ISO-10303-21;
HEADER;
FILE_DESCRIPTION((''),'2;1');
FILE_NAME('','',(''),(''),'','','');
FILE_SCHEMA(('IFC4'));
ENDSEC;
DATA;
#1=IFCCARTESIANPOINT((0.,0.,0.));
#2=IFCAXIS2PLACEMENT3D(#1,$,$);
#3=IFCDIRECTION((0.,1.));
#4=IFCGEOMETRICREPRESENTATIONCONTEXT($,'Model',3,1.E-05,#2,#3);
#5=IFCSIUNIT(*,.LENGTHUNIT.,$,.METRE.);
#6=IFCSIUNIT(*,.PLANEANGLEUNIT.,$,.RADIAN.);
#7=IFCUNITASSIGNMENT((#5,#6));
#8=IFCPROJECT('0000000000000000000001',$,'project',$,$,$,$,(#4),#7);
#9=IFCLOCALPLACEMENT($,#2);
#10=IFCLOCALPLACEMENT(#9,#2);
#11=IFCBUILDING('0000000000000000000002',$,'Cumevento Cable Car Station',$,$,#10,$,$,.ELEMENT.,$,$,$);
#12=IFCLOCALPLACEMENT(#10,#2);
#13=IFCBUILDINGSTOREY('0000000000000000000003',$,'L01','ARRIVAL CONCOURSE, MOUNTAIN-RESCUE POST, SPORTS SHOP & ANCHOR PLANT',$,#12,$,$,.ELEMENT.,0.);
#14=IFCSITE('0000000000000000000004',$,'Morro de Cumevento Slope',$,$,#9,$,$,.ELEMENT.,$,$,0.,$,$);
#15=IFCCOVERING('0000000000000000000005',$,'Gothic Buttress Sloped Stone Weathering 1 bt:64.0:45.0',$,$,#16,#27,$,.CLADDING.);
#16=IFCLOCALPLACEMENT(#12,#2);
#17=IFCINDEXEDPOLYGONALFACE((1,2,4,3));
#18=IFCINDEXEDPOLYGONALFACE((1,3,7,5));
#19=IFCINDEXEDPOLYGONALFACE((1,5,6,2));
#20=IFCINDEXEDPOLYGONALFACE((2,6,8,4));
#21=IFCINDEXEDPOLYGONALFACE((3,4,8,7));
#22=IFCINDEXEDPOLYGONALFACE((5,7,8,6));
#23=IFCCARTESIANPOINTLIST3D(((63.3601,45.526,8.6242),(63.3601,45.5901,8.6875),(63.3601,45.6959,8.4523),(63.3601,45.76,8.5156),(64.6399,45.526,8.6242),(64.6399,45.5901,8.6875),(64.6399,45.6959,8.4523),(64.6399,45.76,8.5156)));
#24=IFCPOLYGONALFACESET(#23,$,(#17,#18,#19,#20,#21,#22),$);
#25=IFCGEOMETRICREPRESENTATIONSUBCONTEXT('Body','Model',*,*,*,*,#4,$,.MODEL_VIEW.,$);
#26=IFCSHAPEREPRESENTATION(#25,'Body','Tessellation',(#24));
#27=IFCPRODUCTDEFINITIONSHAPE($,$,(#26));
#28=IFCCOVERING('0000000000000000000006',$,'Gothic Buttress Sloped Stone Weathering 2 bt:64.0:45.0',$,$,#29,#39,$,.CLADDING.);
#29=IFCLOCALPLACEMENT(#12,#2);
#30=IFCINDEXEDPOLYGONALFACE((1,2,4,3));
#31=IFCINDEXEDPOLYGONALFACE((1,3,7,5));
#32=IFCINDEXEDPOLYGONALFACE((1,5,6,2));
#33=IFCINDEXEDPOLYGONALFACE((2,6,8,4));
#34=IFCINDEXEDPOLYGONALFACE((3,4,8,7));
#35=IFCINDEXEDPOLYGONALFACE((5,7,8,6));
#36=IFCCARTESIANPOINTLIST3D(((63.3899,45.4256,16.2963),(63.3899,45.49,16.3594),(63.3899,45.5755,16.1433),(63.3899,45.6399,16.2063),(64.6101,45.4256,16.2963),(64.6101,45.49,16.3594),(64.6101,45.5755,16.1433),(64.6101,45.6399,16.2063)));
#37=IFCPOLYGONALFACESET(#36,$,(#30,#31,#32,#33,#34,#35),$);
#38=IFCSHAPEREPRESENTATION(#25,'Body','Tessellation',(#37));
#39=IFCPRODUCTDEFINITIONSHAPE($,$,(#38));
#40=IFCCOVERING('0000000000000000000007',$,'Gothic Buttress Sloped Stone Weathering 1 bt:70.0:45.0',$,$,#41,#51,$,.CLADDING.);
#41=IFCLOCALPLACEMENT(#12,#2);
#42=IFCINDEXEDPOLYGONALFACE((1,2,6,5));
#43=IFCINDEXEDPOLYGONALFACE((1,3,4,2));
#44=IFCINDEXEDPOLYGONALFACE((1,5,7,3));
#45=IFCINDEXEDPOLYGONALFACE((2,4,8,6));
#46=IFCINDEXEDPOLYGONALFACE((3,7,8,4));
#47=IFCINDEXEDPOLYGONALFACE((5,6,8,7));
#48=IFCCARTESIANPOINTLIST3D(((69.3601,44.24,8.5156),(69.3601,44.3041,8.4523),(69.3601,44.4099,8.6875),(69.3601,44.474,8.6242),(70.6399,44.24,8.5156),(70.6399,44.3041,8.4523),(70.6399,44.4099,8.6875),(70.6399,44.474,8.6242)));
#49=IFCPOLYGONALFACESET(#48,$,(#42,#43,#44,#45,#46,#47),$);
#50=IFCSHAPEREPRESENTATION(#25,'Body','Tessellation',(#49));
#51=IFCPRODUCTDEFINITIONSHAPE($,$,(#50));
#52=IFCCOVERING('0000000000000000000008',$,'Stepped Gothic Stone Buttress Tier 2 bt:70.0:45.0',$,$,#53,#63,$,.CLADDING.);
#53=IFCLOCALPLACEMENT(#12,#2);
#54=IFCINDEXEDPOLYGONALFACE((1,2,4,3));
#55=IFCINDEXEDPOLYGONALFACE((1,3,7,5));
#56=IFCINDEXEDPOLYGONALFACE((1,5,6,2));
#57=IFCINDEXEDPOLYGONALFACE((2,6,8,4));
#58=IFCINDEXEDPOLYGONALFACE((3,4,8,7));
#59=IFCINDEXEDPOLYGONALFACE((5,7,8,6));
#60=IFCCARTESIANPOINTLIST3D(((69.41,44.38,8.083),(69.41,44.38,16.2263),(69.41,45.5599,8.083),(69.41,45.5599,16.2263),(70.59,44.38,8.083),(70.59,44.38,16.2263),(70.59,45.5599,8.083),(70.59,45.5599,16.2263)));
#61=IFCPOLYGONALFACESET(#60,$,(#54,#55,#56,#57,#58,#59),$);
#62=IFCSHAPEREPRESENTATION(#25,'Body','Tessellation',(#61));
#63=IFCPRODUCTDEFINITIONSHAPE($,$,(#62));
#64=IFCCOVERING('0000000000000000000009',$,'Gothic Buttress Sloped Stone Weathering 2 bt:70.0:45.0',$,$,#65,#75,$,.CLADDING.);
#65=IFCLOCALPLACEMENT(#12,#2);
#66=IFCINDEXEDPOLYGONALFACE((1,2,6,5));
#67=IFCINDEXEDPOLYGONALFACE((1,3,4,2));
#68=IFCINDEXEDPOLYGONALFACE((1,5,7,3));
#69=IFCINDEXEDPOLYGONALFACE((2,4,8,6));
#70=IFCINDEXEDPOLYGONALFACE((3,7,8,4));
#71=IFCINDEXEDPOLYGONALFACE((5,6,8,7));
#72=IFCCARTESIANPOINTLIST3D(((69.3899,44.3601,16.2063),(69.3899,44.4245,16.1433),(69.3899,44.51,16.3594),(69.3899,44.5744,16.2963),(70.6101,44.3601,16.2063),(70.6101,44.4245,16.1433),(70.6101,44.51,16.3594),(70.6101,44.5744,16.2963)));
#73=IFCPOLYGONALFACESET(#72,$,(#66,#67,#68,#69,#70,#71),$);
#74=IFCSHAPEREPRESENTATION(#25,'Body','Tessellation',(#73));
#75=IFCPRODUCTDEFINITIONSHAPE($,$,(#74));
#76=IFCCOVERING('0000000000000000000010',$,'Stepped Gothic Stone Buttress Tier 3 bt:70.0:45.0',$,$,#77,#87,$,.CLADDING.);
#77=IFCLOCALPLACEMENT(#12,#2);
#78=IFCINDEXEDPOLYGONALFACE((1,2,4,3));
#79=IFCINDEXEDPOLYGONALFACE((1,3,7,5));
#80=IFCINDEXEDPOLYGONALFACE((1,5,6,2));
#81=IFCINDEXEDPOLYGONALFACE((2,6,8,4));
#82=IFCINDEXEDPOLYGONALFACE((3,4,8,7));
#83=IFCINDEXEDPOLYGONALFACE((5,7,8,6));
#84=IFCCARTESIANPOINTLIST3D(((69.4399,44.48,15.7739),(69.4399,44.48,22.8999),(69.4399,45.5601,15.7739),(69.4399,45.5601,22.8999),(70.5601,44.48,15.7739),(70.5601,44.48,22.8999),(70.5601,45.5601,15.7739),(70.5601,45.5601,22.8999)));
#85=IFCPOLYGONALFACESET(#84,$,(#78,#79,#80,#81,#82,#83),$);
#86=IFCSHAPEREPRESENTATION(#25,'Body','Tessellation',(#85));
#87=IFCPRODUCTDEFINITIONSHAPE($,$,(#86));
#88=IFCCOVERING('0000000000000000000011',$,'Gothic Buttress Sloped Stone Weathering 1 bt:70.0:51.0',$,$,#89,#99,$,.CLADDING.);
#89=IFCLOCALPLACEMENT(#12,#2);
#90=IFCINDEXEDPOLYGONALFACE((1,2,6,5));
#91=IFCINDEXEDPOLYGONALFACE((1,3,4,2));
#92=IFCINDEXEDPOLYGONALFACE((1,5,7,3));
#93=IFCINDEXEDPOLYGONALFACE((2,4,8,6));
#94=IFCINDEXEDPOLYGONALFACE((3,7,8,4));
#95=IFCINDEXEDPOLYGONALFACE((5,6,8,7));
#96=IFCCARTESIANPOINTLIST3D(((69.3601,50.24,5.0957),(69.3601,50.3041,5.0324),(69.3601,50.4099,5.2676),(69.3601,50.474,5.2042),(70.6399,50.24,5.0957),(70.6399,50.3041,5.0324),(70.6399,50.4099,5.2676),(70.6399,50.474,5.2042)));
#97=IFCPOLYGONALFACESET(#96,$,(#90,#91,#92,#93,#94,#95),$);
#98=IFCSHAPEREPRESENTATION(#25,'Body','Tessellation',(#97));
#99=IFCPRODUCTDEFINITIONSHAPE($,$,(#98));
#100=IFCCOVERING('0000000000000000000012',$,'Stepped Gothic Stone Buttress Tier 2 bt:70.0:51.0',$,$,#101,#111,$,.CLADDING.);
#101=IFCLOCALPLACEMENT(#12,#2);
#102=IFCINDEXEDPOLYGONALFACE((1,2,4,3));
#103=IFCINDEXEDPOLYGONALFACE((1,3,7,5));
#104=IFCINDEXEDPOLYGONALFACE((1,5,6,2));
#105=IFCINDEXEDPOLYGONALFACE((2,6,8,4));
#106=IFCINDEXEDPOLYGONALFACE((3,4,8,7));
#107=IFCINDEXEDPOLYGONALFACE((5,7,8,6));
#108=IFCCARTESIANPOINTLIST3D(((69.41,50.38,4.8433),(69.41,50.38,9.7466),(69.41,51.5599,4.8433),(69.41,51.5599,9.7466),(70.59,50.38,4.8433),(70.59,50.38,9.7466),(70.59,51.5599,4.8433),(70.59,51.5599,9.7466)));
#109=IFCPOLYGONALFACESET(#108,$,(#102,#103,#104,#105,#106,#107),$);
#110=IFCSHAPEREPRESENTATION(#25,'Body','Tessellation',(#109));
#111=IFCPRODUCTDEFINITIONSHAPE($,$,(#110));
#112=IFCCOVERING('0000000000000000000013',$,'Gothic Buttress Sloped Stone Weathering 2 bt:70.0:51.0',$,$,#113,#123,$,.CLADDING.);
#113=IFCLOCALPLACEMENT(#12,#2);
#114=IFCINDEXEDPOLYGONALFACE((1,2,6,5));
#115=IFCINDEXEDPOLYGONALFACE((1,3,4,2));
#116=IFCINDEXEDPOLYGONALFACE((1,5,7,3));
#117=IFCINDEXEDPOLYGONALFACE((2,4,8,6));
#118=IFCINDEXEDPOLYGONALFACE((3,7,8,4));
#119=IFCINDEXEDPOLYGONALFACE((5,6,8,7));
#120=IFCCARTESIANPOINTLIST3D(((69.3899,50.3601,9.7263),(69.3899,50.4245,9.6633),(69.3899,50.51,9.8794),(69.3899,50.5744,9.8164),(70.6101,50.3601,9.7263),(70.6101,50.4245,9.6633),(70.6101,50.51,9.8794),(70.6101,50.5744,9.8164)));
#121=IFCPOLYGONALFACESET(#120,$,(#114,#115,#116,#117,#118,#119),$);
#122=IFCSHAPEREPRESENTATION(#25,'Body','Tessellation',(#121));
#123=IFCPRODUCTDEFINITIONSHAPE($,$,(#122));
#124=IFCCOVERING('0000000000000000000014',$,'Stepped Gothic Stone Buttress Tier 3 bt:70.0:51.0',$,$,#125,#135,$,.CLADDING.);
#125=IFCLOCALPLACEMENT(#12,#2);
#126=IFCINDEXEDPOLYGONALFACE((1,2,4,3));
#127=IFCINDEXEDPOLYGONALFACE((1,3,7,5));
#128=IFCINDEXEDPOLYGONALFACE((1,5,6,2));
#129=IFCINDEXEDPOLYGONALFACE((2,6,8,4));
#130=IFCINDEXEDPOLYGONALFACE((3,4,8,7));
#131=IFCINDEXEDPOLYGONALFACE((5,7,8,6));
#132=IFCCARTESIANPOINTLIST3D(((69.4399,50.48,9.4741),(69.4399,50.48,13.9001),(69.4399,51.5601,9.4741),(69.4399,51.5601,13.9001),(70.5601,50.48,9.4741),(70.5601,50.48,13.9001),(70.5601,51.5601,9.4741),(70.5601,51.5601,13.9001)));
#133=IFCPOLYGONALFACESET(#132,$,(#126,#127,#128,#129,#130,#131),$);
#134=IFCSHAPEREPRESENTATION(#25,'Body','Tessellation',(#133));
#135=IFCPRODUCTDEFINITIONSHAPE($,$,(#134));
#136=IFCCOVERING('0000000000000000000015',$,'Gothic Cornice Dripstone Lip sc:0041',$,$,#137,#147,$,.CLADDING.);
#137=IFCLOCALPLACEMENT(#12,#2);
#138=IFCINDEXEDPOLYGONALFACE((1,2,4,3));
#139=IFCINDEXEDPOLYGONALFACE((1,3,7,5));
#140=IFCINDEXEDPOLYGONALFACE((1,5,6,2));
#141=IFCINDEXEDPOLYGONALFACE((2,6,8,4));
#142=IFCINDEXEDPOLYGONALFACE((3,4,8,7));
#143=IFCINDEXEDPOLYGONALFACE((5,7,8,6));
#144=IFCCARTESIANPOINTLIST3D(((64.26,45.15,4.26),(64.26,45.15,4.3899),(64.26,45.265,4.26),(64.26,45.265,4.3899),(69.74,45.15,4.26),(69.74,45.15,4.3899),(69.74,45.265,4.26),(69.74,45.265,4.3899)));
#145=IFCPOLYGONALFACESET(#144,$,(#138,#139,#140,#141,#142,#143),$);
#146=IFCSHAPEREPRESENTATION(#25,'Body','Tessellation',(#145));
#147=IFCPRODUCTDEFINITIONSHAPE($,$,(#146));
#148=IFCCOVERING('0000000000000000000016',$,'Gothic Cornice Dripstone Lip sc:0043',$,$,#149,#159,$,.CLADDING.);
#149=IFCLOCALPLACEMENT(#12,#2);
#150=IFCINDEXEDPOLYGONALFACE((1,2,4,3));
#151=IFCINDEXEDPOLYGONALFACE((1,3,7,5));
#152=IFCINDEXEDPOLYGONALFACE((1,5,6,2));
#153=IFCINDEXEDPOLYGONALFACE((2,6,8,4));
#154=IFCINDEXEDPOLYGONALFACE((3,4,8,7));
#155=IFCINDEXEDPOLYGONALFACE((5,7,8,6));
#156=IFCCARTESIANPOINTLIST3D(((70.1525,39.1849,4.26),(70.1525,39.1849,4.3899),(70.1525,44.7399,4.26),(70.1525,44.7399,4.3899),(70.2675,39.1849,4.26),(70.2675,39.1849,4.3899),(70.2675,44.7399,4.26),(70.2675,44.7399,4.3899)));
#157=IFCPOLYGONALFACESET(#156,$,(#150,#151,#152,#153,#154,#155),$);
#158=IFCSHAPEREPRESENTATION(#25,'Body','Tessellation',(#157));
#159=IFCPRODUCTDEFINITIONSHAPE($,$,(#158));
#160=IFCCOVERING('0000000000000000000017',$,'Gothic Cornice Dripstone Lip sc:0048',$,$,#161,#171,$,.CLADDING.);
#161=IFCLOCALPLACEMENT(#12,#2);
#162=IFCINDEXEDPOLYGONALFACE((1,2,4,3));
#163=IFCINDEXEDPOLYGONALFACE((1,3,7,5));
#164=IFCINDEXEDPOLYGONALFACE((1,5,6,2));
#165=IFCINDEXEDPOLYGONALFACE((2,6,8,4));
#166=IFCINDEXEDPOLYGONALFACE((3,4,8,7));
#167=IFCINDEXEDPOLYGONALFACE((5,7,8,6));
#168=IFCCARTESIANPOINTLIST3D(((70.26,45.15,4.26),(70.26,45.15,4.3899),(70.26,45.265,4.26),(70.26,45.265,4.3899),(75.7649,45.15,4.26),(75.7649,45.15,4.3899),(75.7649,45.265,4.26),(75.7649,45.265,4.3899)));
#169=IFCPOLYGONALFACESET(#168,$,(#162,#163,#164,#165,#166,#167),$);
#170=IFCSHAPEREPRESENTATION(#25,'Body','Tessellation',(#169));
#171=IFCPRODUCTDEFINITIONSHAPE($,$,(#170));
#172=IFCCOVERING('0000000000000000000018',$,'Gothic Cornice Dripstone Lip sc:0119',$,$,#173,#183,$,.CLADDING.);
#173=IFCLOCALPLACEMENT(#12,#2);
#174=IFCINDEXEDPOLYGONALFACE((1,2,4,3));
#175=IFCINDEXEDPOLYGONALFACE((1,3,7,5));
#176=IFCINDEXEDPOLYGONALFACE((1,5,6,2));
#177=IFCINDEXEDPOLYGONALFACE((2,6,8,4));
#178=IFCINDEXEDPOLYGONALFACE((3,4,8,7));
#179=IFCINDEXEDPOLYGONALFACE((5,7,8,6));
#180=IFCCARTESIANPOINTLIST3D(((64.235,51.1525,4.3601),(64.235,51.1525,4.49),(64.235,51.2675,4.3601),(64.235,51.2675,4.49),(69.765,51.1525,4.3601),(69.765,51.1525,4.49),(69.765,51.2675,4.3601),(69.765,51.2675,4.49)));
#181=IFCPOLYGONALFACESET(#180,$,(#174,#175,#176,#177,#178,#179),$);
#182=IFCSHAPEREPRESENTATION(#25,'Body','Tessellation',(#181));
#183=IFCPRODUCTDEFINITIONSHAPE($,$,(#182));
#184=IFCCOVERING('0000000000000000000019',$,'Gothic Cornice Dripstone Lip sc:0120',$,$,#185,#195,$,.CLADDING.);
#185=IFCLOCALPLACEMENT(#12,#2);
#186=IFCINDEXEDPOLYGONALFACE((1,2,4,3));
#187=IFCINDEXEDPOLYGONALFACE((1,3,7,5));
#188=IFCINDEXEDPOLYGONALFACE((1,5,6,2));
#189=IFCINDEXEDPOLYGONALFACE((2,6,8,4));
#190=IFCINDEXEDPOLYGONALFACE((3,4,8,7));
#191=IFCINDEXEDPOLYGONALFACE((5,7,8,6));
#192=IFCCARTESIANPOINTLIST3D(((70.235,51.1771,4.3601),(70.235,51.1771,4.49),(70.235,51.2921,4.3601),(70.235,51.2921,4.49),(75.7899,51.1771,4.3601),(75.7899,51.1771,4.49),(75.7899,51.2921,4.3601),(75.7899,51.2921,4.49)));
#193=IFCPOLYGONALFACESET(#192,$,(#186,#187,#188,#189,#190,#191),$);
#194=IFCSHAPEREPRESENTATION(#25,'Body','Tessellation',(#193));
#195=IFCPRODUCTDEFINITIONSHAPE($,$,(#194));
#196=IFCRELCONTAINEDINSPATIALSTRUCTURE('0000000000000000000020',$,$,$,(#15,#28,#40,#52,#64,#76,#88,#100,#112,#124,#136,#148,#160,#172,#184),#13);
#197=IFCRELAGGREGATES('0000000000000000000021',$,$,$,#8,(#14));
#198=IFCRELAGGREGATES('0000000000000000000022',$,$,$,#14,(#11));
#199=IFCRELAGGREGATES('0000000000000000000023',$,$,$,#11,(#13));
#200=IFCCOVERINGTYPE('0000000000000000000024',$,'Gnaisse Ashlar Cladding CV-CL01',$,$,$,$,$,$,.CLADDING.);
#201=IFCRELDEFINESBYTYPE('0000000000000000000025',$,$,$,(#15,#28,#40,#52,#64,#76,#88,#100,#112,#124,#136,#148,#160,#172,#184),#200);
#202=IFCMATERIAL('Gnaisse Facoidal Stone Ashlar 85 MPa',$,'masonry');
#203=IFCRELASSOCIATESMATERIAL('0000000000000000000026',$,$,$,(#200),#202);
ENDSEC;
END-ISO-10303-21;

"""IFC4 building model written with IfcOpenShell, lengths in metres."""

from ifc_helpers import new_model, si_unit, direction, frame, origin, origin_2d, place, context, subcontext, project, spatial, polyline, rectangle, outline, extrude, material, type_object, element, save


model = new_model("IFC4")

# Units and contexts
model_context = context("Model", 3, precision=1e-05, world=origin(), true_north=direction((0.0, 1.0)))
body_context = subcontext(model_context, "Body", "Model", "MODEL_VIEW")
ifc_project = project(units=[si_unit("LENGTHUNIT", "METRE"), si_unit("PLANEANGLEUNIT", "RADIAN")], contexts=[model_context])

# Site, building, storey
site_placement = place(None, origin())
site = spatial("IfcSite", under=ifc_project, at=site_placement, Name="Morro de Cumevento Slope", CompositionType="ELEMENT", RefElevation=0.0)
building_placement = place(site_placement, origin())
building = spatial("IfcBuilding", under=site, at=building_placement, Name="Cumevento Cable Car Station", CompositionType="ELEMENT")
storey_placement = place(building_placement, origin())
storey = spatial("IfcBuildingStorey", under=building, at=storey_placement, Name="L01", Description="ARRIVAL CONCOURSE, MOUNTAIN-RESCUE POST, SPORTS SHOP & ANCHOR PLANT", CompositionType="ELEMENT", Elevation=0.0)

# Coverings
ifc_material = material(Name="Gnaisse Facoidal Stone Ashlar 85 MPa", Category="masonry")
covering_type = type_object("IfcCoveringType", Name="Gnaisse Ashlar Cladding CV-CL01", PredefinedType="CLADDING", material=ifc_material)
covering_1_placement = place(storey_placement, frame((64.6399, 45.76, 8.5156), z_axis=(0.0, 0.711136, 0.703055), x_axis=(-1.0, 0.0, 0.0)))
element("IfcCovering", 1, at=covering_1_placement, inside=storey, type_object=covering_type, Name="Gothic Buttress Sloped Stone Weathering 1 bt:64.0:45.0", PredefinedType="CLADDING", context=body_context, shape_type="SweptSolid", body=[
    extrude(outline(polyline([(0.0, 0.0), (1.2798, 0.0), (1.2798, 0.2417), (0.0, 0.2417), (0.0, 0.0)])), origin(), (0.0, 0.0, -1.0), 0.0901),
])
covering_2_placement = place(storey_placement, frame((64.6101, 45.6399, 16.2063), z_axis=(0.0, 0.714475, 0.699661), x_axis=(-1.0, 0.0, 0.0)))
element("IfcCovering", 2, at=covering_2_placement, inside=storey, type_object=covering_type, Name="Gothic Buttress Sloped Stone Weathering 2 bt:64.0:45.0", PredefinedType="CLADDING", context=body_context, shape_type="SweptSolid", body=[
    extrude(outline(polyline([(0.0, 0.0), (1.2202, 0.0), (1.2202, 0.2142), (0.0, 0.2142), (0.0, 0.0)])), origin(), (0.0, 0.0, -1.0), 0.0901),
])
covering_3_placement = place(storey_placement, frame((69.3601, 44.24, 8.5156), z_axis=(0.0, -0.711136, 0.703055), x_axis=(1.0, 0.0, 0.0)))
element("IfcCovering", 3, at=covering_3_placement, inside=storey, type_object=covering_type, Name="Gothic Buttress Sloped Stone Weathering 1 bt:70.0:45.0", PredefinedType="CLADDING", context=body_context, shape_type="SweptSolid", body=[
    extrude(outline(polyline([(0.0, 0.0), (1.2798, 0.0), (1.2798, 0.2417), (0.0, 0.2417), (0.0, 0.0)])), origin(), (0.0, 0.0, -1.0), 0.0901),
])
covering_4_placement = place(storey_placement, frame((70.0, 44.97, 8.083), z_axis=(0.0, 0.0, 1.0), x_axis=(1.0, 0.0, 0.0)))
element("IfcCovering", 4, at=covering_4_placement, inside=storey, type_object=covering_type, Name="Stepped Gothic Stone Buttress Tier 2 bt:70.0:45.0", PredefinedType="CLADDING", context=body_context, shape_type="SweptSolid", body=[
    extrude(rectangle(XDim=1.1799, YDim=1.1799, at=origin_2d()), origin(), (0.0, 0.0, 1.0), 8.1433),
])
covering_5_placement = place(storey_placement, frame((69.3899, 44.3601, 16.2063), z_axis=(0.0, -0.714475, 0.699661), x_axis=(1.0, 0.0, 0.0)))
element("IfcCovering", 5, at=covering_5_placement, inside=storey, type_object=covering_type, Name="Gothic Buttress Sloped Stone Weathering 2 bt:70.0:45.0", PredefinedType="CLADDING", context=body_context, shape_type="SweptSolid", body=[
    extrude(outline(polyline([(0.0, 0.0), (1.2202, 0.0), (1.2202, 0.2142), (0.0, 0.2142), (0.0, 0.0)])), origin(), (0.0, 0.0, -1.0), 0.0901),
])
covering_6_placement = place(storey_placement, frame((70.0, 45.02, 15.7739), z_axis=(0.0, 0.0, 1.0), x_axis=(1.0, 0.0, 0.0)))
element("IfcCovering", 6, at=covering_6_placement, inside=storey, type_object=covering_type, Name="Stepped Gothic Stone Buttress Tier 3 bt:70.0:45.0", PredefinedType="CLADDING", context=body_context, shape_type="SweptSolid", body=[
    extrude(rectangle(XDim=1.1201, YDim=1.0801, at=origin_2d()), origin(), (0.0, 0.0, 1.0), 7.126),
])
covering_7_placement = place(storey_placement, frame((69.3601, 50.24, 5.0957), z_axis=(0.0, -0.711136, 0.703055), x_axis=(1.0, 0.0, 0.0)))
element("IfcCovering", 7, at=covering_7_placement, inside=storey, type_object=covering_type, Name="Gothic Buttress Sloped Stone Weathering 1 bt:70.0:51.0", PredefinedType="CLADDING", context=body_context, shape_type="SweptSolid", body=[
    extrude(outline(polyline([(0.0, 0.0), (1.2798, 0.0), (1.2798, 0.2417), (0.0, 0.2417), (0.0, 0.0)])), origin(), (0.0, 0.0, -1.0), 0.0901),
])
covering_8_placement = place(storey_placement, frame((70.0, 50.97, 4.8433), z_axis=(0.0, 0.0, 1.0), x_axis=(1.0, 0.0, 0.0)))
element("IfcCovering", 8, at=covering_8_placement, inside=storey, type_object=covering_type, Name="Stepped Gothic Stone Buttress Tier 2 bt:70.0:51.0", PredefinedType="CLADDING", context=body_context, shape_type="SweptSolid", body=[
    extrude(rectangle(XDim=1.1799, YDim=1.1799, at=origin_2d()), origin(), (0.0, 0.0, 1.0), 4.9033),
])
covering_9_placement = place(storey_placement, frame((69.3899, 50.3601, 9.7263), z_axis=(0.0, -0.714475, 0.699661), x_axis=(1.0, 0.0, 0.0)))
element("IfcCovering", 9, at=covering_9_placement, inside=storey, type_object=covering_type, Name="Gothic Buttress Sloped Stone Weathering 2 bt:70.0:51.0", PredefinedType="CLADDING", context=body_context, shape_type="SweptSolid", body=[
    extrude(outline(polyline([(0.0, 0.0), (1.2202, 0.0), (1.2202, 0.2142), (0.0, 0.2142), (0.0, 0.0)])), origin(), (0.0, 0.0, -1.0), 0.0901),
])
covering_10_placement = place(storey_placement, frame((70.0, 51.02, 9.4741), z_axis=(0.0, 0.0, 1.0), x_axis=(1.0, 0.0, 0.0)))
element("IfcCovering", 10, at=covering_10_placement, inside=storey, type_object=covering_type, Name="Stepped Gothic Stone Buttress Tier 3 bt:70.0:51.0", PredefinedType="CLADDING", context=body_context, shape_type="SweptSolid", body=[
    extrude(rectangle(XDim=1.1201, YDim=1.0801, at=origin_2d()), origin(), (0.0, 0.0, 1.0), 4.426),
])
covering_11_placement = place(storey_placement, frame((67.0, 45.2075, 4.26), z_axis=(0.0, 0.0, 1.0), x_axis=(1.0, 0.0, 0.0)))
element("IfcCovering", 11, at=covering_11_placement, inside=storey, type_object=covering_type, Name="Gothic Cornice Dripstone Lip sc:0041", PredefinedType="CLADDING", context=body_context, shape_type="SweptSolid", body=[
    extrude(rectangle(XDim=5.48, YDim=0.115, at=origin_2d()), origin(), (0.0, 0.0, 1.0), 0.1299),
])
covering_12_placement = place(storey_placement, frame((70.21, 41.9624, 4.26), z_axis=(0.0, 0.0, 1.0), x_axis=(0.0, -1.0, 0.0)))
element("IfcCovering", 12, at=covering_12_placement, inside=storey, type_object=covering_type, Name="Gothic Cornice Dripstone Lip sc:0043", PredefinedType="CLADDING", context=body_context, shape_type="SweptSolid", body=[
    extrude(rectangle(XDim=5.5549, YDim=0.115, at=origin_2d()), origin(), (0.0, 0.0, 1.0), 0.1299),
])
covering_13_placement = place(storey_placement, frame((73.0125, 45.2075, 4.26), z_axis=(0.0, 0.0, 1.0), x_axis=(1.0, 0.0, 0.0)))
element("IfcCovering", 13, at=covering_13_placement, inside=storey, type_object=covering_type, Name="Gothic Cornice Dripstone Lip sc:0048", PredefinedType="CLADDING", context=body_context, shape_type="SweptSolid", body=[
    extrude(rectangle(XDim=5.5049, YDim=0.115, at=origin_2d()), origin(), (0.0, 0.0, 1.0), 0.1299),
])
covering_14_placement = place(storey_placement, frame((67.0, 51.21, 4.3601), z_axis=(0.0, 0.0, 1.0), x_axis=(1.0, 0.0, 0.0)))
element("IfcCovering", 14, at=covering_14_placement, inside=storey, type_object=covering_type, Name="Gothic Cornice Dripstone Lip sc:0119", PredefinedType="CLADDING", context=body_context, shape_type="SweptSolid", body=[
    extrude(rectangle(XDim=5.53, YDim=0.115, at=origin_2d()), origin(), (0.0, 0.0, 1.0), 0.1299),
])
covering_15_placement = place(storey_placement, frame((73.0125, 51.2346, 4.3601), z_axis=(0.0, 0.0, 1.0), x_axis=(1.0, 0.0, 0.0)))
element("IfcCovering", 15, at=covering_15_placement, inside=storey, type_object=covering_type, Name="Gothic Cornice Dripstone Lip sc:0120", PredefinedType="CLADDING", context=body_context, shape_type="SweptSolid", body=[
    extrude(rectangle(XDim=5.5549, YDim=0.115, at=origin_2d()), origin(), (0.0, 0.0, 1.0), 0.1299),
])

save(model, "model.ifc")
